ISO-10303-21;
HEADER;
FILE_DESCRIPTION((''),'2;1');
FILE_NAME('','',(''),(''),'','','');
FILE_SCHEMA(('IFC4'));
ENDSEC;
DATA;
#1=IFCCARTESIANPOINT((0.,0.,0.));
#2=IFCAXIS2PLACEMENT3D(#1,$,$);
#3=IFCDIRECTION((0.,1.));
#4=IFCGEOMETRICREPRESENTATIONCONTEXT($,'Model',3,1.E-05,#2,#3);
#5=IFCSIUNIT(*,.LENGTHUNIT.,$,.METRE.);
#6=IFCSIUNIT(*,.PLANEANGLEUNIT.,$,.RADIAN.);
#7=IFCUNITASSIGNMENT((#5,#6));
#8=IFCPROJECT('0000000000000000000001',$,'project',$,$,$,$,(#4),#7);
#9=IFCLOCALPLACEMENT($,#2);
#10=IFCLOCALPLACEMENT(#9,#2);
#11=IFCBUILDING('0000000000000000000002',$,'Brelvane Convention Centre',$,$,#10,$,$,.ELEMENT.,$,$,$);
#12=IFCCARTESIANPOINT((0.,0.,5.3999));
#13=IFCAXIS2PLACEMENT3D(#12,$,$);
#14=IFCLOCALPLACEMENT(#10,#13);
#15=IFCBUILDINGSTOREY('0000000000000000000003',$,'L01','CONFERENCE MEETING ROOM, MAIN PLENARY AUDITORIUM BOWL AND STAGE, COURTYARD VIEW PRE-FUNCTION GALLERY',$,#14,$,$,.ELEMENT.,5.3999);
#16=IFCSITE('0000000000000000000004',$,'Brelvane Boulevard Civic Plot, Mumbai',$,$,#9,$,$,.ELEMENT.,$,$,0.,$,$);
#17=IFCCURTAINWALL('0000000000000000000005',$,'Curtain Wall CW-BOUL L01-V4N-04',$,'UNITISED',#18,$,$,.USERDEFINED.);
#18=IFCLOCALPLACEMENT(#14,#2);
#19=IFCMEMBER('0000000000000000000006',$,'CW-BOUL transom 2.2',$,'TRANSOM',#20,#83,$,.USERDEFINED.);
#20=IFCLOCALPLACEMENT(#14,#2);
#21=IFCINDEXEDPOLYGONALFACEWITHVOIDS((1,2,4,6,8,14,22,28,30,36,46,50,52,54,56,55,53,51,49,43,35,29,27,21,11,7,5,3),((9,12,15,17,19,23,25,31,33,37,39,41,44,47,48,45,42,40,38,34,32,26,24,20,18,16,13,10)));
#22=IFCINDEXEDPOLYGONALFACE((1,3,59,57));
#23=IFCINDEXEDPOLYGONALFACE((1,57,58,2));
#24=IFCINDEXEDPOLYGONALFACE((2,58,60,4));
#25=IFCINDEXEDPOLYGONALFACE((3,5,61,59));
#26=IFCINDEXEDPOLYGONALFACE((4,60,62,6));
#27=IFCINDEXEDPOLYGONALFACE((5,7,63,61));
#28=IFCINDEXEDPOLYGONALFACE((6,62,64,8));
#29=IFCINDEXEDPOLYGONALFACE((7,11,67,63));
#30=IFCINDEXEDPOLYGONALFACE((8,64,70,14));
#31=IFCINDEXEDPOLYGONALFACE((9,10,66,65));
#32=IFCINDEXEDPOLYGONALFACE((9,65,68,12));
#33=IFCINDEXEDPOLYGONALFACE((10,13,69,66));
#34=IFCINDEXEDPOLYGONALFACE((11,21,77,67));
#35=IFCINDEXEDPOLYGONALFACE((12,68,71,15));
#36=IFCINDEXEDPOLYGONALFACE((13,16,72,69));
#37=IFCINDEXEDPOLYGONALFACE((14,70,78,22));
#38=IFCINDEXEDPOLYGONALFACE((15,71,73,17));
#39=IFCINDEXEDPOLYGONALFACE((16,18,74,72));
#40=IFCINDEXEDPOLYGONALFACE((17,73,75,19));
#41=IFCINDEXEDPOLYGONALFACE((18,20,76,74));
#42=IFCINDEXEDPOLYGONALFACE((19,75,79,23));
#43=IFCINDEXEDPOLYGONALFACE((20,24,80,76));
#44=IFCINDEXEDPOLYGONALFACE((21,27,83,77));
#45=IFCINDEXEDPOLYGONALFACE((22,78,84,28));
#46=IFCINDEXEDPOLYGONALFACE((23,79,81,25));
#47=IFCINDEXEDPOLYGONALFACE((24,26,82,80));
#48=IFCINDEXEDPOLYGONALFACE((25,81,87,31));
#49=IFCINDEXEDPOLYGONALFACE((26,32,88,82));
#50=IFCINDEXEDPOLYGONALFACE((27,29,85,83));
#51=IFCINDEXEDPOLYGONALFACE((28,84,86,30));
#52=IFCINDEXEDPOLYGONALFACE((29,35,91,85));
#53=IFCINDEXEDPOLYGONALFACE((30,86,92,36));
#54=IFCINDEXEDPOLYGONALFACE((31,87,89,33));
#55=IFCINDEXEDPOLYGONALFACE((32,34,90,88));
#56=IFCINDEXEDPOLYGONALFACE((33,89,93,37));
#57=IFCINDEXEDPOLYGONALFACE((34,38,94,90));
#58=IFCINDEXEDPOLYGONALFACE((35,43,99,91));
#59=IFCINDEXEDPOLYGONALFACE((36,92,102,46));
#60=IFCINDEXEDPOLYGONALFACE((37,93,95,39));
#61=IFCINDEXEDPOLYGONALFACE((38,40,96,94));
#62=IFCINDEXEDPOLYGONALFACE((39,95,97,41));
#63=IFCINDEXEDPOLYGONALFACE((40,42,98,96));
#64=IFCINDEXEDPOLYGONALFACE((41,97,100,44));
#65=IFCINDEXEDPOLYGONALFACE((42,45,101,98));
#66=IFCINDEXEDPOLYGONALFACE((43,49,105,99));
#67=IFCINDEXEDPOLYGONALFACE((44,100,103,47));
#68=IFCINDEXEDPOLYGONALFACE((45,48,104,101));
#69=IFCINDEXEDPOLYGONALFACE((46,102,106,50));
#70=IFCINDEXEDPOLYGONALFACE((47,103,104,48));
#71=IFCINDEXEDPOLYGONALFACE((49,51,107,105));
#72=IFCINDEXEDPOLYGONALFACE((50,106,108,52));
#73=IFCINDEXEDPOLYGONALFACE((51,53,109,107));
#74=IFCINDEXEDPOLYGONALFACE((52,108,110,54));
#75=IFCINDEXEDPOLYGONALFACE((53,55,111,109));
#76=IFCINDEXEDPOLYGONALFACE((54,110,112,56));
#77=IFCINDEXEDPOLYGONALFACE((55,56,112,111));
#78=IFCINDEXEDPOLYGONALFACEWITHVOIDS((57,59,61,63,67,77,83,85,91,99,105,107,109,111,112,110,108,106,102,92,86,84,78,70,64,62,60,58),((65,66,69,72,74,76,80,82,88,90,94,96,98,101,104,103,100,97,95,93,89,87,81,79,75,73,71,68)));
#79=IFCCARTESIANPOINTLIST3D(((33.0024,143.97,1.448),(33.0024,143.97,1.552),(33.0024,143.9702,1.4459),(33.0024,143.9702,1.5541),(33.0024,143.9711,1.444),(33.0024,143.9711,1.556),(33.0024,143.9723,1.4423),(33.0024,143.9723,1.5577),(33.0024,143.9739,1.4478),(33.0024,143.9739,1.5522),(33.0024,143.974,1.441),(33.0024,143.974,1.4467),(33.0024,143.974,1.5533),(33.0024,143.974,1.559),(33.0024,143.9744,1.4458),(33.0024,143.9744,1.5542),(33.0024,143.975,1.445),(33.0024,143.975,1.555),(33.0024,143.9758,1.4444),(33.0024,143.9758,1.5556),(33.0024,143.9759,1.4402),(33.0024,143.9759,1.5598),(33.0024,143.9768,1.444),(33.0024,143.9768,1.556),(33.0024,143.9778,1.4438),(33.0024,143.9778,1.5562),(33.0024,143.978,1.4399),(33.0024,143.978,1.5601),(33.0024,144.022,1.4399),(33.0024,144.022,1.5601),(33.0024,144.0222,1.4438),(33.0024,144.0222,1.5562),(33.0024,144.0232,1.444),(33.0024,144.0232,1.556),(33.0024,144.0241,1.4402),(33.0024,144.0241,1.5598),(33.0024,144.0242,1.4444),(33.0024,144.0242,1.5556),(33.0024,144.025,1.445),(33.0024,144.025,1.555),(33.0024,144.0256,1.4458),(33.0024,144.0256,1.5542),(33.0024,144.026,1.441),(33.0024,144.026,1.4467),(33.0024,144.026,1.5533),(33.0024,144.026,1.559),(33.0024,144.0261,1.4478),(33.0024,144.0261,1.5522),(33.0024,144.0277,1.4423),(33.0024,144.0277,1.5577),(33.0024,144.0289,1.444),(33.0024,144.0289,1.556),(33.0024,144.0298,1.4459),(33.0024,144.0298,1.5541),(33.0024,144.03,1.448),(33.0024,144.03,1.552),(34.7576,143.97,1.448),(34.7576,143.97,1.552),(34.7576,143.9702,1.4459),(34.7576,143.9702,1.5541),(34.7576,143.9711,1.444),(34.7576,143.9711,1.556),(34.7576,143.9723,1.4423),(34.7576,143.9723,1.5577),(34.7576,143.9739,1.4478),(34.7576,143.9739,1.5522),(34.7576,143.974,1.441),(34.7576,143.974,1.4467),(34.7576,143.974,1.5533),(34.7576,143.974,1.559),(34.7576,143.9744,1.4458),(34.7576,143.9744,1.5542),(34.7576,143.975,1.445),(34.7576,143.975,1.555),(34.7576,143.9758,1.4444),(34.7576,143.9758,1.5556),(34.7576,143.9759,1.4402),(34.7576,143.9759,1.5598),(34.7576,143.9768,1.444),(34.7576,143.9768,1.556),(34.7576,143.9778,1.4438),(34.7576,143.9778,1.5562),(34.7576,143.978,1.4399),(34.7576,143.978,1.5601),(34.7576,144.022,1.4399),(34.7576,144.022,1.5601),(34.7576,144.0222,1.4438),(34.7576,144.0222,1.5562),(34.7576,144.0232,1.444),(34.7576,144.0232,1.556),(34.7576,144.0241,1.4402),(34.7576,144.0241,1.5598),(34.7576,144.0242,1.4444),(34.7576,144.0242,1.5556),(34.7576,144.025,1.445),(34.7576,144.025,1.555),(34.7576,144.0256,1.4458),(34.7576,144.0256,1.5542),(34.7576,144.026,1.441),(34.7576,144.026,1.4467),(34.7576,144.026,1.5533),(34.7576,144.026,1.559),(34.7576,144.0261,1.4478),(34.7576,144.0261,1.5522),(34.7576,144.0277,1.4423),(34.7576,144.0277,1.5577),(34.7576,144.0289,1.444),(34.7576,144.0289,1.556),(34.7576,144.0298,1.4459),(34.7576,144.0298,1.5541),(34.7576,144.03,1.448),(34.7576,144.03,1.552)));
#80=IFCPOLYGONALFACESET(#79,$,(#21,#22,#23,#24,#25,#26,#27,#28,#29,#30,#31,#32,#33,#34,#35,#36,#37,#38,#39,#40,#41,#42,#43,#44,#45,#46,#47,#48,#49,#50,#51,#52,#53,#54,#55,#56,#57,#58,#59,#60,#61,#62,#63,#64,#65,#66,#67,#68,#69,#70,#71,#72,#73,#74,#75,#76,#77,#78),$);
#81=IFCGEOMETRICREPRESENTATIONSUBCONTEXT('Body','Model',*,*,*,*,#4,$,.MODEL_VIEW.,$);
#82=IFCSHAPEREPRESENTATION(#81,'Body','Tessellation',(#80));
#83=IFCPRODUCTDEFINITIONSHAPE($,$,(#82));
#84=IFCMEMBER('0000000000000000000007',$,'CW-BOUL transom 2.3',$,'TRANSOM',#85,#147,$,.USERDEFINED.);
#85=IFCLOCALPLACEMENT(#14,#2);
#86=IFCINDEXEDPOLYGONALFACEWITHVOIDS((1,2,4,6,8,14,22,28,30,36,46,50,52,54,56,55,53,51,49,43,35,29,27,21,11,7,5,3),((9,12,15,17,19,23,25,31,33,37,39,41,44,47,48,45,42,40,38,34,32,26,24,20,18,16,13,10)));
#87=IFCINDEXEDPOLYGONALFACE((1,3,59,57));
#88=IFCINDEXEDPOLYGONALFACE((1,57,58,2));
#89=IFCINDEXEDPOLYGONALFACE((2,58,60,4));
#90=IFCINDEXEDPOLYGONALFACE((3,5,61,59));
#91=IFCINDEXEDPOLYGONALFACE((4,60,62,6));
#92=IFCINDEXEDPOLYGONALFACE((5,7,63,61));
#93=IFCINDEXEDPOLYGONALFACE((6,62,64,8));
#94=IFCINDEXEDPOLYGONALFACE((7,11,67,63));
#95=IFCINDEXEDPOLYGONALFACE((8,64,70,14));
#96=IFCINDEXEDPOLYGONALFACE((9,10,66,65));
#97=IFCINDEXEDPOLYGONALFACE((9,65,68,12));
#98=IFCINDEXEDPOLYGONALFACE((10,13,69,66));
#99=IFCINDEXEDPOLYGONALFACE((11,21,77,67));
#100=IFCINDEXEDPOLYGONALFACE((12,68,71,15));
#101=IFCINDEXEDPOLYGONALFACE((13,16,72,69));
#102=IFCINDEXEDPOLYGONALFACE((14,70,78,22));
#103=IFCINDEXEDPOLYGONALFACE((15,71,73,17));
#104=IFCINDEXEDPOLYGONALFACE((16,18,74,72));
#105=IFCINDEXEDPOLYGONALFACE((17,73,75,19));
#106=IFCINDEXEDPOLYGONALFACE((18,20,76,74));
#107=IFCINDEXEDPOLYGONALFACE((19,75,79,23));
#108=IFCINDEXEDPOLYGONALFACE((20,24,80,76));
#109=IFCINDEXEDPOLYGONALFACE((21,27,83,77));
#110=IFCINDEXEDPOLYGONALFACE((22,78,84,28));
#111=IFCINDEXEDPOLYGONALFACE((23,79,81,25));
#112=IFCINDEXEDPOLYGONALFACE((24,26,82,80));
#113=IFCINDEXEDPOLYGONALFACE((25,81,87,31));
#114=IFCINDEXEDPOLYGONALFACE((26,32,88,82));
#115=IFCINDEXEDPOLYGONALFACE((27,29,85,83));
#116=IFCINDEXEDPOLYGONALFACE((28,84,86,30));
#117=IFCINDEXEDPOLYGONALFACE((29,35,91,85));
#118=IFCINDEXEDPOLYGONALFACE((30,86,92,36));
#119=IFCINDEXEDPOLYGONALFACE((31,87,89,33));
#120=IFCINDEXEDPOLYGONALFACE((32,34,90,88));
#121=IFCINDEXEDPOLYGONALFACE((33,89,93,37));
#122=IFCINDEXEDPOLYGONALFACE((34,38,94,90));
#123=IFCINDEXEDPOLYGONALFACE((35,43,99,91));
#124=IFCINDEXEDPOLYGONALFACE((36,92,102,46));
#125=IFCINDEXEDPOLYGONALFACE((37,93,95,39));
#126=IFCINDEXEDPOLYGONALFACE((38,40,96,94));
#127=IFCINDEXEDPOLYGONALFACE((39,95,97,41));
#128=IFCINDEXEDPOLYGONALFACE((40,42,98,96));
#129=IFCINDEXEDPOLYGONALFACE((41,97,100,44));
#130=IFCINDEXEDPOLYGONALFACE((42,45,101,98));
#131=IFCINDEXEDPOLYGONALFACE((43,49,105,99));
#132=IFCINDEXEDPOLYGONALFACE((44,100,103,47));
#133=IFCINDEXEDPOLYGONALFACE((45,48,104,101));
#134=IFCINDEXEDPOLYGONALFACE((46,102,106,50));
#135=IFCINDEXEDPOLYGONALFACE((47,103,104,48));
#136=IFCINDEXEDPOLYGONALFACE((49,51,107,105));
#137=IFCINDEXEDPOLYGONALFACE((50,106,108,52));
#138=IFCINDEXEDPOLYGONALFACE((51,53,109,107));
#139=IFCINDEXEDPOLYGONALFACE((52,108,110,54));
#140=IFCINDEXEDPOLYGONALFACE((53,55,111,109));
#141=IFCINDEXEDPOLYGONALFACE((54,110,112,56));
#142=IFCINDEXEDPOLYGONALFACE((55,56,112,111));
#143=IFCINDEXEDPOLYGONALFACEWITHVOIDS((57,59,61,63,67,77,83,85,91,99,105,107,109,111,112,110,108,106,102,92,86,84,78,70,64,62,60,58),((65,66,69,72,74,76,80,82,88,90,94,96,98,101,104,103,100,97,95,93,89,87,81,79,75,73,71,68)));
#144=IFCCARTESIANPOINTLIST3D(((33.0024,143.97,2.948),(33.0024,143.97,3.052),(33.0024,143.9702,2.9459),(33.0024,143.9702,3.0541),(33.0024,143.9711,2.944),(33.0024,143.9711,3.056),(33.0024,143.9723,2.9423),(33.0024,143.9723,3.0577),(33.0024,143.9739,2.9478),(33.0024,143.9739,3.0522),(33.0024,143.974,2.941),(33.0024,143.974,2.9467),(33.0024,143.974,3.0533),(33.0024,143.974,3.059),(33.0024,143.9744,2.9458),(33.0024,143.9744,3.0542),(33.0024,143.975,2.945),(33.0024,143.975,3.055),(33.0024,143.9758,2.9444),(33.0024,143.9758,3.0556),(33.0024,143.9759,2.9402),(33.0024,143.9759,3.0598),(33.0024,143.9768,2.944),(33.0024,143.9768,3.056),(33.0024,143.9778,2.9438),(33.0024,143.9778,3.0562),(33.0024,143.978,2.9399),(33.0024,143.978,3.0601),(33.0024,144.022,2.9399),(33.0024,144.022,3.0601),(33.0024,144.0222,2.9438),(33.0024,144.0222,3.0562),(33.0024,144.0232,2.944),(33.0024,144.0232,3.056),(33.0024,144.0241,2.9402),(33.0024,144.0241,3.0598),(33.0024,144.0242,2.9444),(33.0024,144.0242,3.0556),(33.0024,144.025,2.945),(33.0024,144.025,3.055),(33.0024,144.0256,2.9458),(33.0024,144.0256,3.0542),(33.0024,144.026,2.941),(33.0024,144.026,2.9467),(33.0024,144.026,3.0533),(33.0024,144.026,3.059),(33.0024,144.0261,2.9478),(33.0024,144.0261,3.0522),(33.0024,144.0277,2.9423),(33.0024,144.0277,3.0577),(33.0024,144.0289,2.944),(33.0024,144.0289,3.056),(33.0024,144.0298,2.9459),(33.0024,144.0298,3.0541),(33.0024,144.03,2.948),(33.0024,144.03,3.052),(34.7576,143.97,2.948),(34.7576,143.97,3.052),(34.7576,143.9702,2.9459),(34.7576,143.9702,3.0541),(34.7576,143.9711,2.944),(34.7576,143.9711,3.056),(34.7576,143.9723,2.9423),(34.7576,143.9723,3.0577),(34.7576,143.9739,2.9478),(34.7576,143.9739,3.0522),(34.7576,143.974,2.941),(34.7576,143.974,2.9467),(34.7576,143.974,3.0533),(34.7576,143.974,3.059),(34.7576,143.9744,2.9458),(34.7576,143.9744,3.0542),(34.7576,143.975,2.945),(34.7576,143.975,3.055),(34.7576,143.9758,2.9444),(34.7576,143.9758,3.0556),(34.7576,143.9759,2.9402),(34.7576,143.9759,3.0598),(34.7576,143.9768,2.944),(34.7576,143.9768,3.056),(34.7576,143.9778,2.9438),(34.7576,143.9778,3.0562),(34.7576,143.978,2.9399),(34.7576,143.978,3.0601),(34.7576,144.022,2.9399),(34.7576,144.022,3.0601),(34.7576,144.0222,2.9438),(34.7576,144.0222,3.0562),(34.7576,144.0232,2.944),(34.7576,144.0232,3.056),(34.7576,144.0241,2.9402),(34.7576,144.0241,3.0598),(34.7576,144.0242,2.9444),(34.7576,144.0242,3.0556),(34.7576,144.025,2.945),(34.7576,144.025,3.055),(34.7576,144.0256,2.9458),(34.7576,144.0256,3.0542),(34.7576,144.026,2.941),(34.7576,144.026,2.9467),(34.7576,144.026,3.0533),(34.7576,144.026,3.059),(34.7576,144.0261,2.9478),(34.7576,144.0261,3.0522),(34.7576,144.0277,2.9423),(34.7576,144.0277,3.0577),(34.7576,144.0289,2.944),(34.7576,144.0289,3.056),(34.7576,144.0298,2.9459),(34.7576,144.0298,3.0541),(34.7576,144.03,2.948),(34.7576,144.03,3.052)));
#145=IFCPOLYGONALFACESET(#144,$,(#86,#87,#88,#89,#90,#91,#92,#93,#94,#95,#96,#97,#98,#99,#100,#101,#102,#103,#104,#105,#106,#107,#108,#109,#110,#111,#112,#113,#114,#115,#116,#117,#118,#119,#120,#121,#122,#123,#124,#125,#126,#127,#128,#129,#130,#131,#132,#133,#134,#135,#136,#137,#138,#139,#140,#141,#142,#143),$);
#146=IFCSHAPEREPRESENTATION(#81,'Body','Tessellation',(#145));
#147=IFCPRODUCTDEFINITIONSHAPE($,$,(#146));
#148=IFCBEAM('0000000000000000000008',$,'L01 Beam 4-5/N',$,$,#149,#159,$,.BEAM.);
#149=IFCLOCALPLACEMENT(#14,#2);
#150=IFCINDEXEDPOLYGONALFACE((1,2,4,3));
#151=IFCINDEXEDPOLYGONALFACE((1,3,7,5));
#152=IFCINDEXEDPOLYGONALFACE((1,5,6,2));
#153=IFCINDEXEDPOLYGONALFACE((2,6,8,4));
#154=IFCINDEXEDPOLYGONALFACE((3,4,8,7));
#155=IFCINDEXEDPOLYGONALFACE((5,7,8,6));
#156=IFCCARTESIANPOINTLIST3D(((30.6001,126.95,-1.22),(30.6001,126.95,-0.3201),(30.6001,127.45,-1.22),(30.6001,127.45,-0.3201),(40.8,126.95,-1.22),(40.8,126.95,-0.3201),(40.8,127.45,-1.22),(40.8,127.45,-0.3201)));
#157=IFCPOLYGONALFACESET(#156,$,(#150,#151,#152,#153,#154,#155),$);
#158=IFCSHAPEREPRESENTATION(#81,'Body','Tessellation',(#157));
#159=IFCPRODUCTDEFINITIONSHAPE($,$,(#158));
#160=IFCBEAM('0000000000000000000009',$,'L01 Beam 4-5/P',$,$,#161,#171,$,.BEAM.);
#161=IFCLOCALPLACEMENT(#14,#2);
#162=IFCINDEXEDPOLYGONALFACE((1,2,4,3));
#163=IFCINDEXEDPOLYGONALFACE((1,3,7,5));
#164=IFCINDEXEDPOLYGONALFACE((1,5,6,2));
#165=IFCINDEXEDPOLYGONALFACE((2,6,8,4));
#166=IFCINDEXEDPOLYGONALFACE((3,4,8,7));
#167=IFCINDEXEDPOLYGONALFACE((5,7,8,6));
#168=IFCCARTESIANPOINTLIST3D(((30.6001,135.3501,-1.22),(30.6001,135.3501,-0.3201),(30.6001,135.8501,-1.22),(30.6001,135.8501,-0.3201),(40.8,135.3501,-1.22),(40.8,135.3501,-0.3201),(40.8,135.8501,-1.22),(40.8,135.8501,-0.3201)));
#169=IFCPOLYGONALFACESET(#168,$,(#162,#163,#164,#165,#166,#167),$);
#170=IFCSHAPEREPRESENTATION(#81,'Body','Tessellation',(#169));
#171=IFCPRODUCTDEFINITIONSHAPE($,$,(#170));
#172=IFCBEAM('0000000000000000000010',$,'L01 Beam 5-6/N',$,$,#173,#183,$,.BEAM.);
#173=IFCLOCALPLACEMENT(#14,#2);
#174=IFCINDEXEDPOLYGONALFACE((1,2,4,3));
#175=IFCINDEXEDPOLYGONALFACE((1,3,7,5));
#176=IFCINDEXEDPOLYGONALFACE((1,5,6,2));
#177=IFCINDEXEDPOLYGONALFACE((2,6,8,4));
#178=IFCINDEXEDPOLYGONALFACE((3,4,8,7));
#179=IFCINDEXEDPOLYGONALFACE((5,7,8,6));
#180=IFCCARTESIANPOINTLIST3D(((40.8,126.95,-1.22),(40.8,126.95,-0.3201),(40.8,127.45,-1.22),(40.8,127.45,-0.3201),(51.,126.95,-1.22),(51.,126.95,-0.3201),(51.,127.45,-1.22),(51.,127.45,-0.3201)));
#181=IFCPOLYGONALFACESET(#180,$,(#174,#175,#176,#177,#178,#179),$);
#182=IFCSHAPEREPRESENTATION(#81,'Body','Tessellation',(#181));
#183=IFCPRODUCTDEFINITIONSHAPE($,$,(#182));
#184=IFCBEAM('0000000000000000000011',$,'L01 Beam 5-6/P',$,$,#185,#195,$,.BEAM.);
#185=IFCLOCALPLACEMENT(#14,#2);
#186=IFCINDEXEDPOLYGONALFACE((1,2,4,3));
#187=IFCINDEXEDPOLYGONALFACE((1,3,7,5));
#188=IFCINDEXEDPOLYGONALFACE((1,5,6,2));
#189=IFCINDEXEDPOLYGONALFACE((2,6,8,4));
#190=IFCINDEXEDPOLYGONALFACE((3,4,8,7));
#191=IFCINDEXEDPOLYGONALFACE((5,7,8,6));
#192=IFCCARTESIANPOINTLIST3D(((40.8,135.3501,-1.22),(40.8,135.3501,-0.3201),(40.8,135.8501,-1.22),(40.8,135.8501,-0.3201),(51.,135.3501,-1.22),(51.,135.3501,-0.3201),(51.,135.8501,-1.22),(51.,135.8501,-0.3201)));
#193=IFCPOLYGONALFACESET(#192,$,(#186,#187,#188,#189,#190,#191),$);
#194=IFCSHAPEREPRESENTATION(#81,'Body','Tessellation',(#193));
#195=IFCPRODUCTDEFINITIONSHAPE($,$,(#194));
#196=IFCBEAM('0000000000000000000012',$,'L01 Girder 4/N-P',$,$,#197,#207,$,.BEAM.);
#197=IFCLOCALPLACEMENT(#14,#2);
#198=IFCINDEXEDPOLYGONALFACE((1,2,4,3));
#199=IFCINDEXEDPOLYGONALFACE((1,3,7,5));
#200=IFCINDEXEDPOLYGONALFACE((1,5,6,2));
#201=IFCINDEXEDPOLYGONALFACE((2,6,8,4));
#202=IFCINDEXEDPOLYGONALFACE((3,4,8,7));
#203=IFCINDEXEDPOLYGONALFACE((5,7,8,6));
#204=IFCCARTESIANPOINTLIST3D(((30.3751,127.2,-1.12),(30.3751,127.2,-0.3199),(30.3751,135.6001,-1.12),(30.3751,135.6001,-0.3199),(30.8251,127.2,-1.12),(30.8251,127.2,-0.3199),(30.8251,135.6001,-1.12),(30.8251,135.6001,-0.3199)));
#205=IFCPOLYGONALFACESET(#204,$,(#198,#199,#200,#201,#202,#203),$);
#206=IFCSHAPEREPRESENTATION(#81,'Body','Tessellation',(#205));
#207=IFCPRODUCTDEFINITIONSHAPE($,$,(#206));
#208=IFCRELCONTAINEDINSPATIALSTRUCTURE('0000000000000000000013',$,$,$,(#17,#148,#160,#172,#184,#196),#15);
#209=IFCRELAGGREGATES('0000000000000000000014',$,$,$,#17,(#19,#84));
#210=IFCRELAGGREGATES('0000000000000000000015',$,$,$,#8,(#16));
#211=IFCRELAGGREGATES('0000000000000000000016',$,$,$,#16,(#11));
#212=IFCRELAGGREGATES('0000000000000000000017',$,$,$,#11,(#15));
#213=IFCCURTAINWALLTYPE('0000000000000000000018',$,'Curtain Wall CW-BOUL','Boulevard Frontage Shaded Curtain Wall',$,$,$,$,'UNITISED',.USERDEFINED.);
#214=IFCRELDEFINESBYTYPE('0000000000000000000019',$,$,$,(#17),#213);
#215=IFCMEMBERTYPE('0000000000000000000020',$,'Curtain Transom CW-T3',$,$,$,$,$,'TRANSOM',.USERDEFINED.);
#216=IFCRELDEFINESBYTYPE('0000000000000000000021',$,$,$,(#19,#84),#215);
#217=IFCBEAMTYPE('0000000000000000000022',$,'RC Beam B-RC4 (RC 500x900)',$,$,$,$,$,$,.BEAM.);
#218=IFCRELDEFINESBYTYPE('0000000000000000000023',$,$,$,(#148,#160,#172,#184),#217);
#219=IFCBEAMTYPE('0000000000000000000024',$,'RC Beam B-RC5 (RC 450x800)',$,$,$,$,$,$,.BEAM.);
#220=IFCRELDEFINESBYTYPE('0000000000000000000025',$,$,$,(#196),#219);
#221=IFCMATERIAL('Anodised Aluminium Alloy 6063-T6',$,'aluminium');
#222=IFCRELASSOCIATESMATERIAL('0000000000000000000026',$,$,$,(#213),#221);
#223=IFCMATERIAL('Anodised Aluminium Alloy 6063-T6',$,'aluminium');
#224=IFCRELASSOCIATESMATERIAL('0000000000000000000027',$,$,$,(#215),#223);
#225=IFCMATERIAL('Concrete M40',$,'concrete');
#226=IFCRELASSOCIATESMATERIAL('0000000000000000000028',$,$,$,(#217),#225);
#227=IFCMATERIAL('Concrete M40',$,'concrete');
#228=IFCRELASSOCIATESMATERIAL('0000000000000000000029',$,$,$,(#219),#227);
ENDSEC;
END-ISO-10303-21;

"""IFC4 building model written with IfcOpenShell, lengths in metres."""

from ifc_helpers import new_model, si_unit, direction, frame, origin, origin_2d, place, context, subcontext, project, spatial, rectangle, hollow_rectangle, extrude, material, material_profile, profile_set, type_object, element, aggregate, save


model = new_model("IFC4")

# Units and contexts
model_context = context("Model", 3, precision=1e-05, world=origin(), true_north=direction((0.0, 1.0)))
body_context = subcontext(model_context, "Body", "Model", "MODEL_VIEW")
ifc_project = project(units=[si_unit("LENGTHUNIT", "METRE"), si_unit("PLANEANGLEUNIT", "RADIAN")], contexts=[model_context])

# Site, building, storey
site_placement = place(None, origin())
site = spatial("IfcSite", under=ifc_project, at=site_placement, Name="Brelvane Boulevard Civic Plot, Mumbai", CompositionType="ELEMENT", RefElevation=0.0)
building_placement = place(site_placement, origin())
building = spatial("IfcBuilding", under=site, at=building_placement, Name="Brelvane Convention Centre", CompositionType="ELEMENT")
storey_placement = place(building_placement, frame((0.0, 0.0, 5.3999)))
storey = spatial("IfcBuildingStorey", under=building, at=storey_placement, Name="L01", Description="CONFERENCE MEETING ROOM, MAIN PLENARY AUDITORIUM BOWL AND STAGE, COURTYARD VIEW PRE-FUNCTION GALLERY", CompositionType="ELEMENT", Elevation=5.3999)

# Curtain wall, members
ifc_material_1 = material(Name="Anodised Aluminium Alloy 6063-T6", Category="aluminium")
curtain_wall_type = type_object("IfcCurtainWallType", Name="Curtain Wall CW-BOUL", Description="Boulevard Frontage Shaded Curtain Wall", ElementType="UNITISED", PredefinedType="USERDEFINED", material=ifc_material_1)
curtain_wall_placement = place(storey_placement, origin())
curtain_wall = element("IfcCurtainWall", 1, at=curtain_wall_placement, inside=storey, type_object=curtain_wall_type, Name="Curtain Wall CW-BOUL L01-V4N-04", ObjectType="UNITISED", PredefinedType="USERDEFINED")
ifc_material_2 = material(Name="Anodised Aluminium Alloy 6063-T6", Category="aluminium")
ifc_material_profile_1 = material_profile(ifc_material_2, hollow_rectangle(XDim=0.0601, YDim=0.1201, WallThickness=0.0039, InnerFilletRadius=0.0039, OuterFilletRadius=0.0081, at=origin_2d()), Name="ALU-T 120x60x4.0")
ifc_profile_set_1 = profile_set([ifc_material_profile_1], Name="Anodised Aluminium Alloy 6063-T6")
member_type_1 = type_object("IfcMemberType", Name="Curtain Transom CW-T3", ElementType="TRANSOM", PredefinedType="USERDEFINED", material=ifc_profile_set_1)
member_1_placement = place(storey_placement, frame((33.0024, 144.0, 1.5), z_axis=(1.0, 0.0, 0.0), x_axis=(0.0, 1.0, 0.0)))
member_1 = element("IfcMember", 2, at=member_1_placement, type_object=member_type_1, Name="CW-BOUL transom 2.2", ObjectType="TRANSOM", PredefinedType="USERDEFINED", context=body_context, shape_type="SweptSolid", body=[
    extrude(hollow_rectangle(XDim=0.0601, YDim=0.1201, WallThickness=0.0039, InnerFilletRadius=0.0039, OuterFilletRadius=0.0081, at=origin_2d()), origin(), (0.0, 0.0, 1.0), 1.7551),
])
member_2_placement = place(storey_placement, frame((33.0024, 144.0, 3.0), z_axis=(1.0, 0.0, 0.0), x_axis=(0.0, 1.0, 0.0)))
member_2 = element("IfcMember", 3, at=member_2_placement, type_object=member_type_1, Name="CW-BOUL transom 2.3", ObjectType="TRANSOM", PredefinedType="USERDEFINED", context=body_context, shape_type="SweptSolid", body=[
    extrude(hollow_rectangle(XDim=0.0601, YDim=0.1201, WallThickness=0.0039, InnerFilletRadius=0.0039, OuterFilletRadius=0.0081, at=origin_2d()), origin(), (0.0, 0.0, 1.0), 1.7551),
])

# Beams
ifc_material_3 = material(Name="Concrete M40", Category="concrete")
ifc_material_profile_2 = material_profile(ifc_material_3, rectangle(XDim=0.5, YDim=0.8999, at=origin_2d()), Name="RC 500x900")
ifc_profile_set_2 = profile_set([ifc_material_profile_2], Name="Concrete M40")
beam_type_1 = type_object("IfcBeamType", Name="RC Beam B-RC4 (RC 500x900)", PredefinedType="BEAM", material=ifc_profile_set_2)
for number, where, z_axis, x_axis, name in (
    (4, (30.6001, 127.2, -0.77), (1.0, 0.0, 0.0), (0.0, 1.0, 0.0), "L01 Beam 4-5/N"),
    (5, (30.6001, 135.6001, -0.77), (1.0, 0.0, 0.0), (0.0, 1.0, 0.0), "L01 Beam 4-5/P"),
    (6, (40.8, 127.2, -0.77), (1.0, 0.0, 0.0), (0.0, 1.0, 0.0), "L01 Beam 5-6/N"),
    (7, (40.8, 135.6001, -0.77), (1.0, 0.0, 0.0), (0.0, 1.0, 0.0), "L01 Beam 5-6/P"),
):
    element("IfcBeam", number, at=place(storey_placement, frame(where, z_axis=z_axis, x_axis=x_axis)), inside=storey, type_object=beam_type_1, Name=name, PredefinedType="BEAM", context=body_context, shape_type="SweptSolid", body=[
        extrude(rectangle(XDim=0.5, YDim=0.8999, at=origin_2d()), origin(), (0.0, 0.0, 1.0), 10.2),
    ])
ifc_material_4 = material(Name="Concrete M40", Category="concrete")
ifc_material_profile_3 = material_profile(ifc_material_4, rectangle(XDim=0.45, YDim=0.8, at=origin_2d()), Name="RC 450x800")
ifc_profile_set_3 = profile_set([ifc_material_profile_3], Name="Concrete M40")
beam_type_2 = type_object("IfcBeamType", Name="RC Beam B-RC5 (RC 450x800)", PredefinedType="BEAM", material=ifc_profile_set_3)
beam_1_placement = place(storey_placement, frame((30.6001, 127.2, -0.72), z_axis=(0.0, 1.0, 0.0), x_axis=(-1.0, 0.0, 0.0)))
element("IfcBeam", 8, at=beam_1_placement, inside=storey, type_object=beam_type_2, Name="L01 Girder 4/N-P", PredefinedType="BEAM", context=body_context, shape_type="SweptSolid", body=[
    extrude(rectangle(XDim=0.45, YDim=0.8, at=origin_2d()), origin(), (0.0, 0.0, 1.0), 8.4001),
])

aggregate(curtain_wall, [member_1, member_2])

save(model, "model.ifc")
